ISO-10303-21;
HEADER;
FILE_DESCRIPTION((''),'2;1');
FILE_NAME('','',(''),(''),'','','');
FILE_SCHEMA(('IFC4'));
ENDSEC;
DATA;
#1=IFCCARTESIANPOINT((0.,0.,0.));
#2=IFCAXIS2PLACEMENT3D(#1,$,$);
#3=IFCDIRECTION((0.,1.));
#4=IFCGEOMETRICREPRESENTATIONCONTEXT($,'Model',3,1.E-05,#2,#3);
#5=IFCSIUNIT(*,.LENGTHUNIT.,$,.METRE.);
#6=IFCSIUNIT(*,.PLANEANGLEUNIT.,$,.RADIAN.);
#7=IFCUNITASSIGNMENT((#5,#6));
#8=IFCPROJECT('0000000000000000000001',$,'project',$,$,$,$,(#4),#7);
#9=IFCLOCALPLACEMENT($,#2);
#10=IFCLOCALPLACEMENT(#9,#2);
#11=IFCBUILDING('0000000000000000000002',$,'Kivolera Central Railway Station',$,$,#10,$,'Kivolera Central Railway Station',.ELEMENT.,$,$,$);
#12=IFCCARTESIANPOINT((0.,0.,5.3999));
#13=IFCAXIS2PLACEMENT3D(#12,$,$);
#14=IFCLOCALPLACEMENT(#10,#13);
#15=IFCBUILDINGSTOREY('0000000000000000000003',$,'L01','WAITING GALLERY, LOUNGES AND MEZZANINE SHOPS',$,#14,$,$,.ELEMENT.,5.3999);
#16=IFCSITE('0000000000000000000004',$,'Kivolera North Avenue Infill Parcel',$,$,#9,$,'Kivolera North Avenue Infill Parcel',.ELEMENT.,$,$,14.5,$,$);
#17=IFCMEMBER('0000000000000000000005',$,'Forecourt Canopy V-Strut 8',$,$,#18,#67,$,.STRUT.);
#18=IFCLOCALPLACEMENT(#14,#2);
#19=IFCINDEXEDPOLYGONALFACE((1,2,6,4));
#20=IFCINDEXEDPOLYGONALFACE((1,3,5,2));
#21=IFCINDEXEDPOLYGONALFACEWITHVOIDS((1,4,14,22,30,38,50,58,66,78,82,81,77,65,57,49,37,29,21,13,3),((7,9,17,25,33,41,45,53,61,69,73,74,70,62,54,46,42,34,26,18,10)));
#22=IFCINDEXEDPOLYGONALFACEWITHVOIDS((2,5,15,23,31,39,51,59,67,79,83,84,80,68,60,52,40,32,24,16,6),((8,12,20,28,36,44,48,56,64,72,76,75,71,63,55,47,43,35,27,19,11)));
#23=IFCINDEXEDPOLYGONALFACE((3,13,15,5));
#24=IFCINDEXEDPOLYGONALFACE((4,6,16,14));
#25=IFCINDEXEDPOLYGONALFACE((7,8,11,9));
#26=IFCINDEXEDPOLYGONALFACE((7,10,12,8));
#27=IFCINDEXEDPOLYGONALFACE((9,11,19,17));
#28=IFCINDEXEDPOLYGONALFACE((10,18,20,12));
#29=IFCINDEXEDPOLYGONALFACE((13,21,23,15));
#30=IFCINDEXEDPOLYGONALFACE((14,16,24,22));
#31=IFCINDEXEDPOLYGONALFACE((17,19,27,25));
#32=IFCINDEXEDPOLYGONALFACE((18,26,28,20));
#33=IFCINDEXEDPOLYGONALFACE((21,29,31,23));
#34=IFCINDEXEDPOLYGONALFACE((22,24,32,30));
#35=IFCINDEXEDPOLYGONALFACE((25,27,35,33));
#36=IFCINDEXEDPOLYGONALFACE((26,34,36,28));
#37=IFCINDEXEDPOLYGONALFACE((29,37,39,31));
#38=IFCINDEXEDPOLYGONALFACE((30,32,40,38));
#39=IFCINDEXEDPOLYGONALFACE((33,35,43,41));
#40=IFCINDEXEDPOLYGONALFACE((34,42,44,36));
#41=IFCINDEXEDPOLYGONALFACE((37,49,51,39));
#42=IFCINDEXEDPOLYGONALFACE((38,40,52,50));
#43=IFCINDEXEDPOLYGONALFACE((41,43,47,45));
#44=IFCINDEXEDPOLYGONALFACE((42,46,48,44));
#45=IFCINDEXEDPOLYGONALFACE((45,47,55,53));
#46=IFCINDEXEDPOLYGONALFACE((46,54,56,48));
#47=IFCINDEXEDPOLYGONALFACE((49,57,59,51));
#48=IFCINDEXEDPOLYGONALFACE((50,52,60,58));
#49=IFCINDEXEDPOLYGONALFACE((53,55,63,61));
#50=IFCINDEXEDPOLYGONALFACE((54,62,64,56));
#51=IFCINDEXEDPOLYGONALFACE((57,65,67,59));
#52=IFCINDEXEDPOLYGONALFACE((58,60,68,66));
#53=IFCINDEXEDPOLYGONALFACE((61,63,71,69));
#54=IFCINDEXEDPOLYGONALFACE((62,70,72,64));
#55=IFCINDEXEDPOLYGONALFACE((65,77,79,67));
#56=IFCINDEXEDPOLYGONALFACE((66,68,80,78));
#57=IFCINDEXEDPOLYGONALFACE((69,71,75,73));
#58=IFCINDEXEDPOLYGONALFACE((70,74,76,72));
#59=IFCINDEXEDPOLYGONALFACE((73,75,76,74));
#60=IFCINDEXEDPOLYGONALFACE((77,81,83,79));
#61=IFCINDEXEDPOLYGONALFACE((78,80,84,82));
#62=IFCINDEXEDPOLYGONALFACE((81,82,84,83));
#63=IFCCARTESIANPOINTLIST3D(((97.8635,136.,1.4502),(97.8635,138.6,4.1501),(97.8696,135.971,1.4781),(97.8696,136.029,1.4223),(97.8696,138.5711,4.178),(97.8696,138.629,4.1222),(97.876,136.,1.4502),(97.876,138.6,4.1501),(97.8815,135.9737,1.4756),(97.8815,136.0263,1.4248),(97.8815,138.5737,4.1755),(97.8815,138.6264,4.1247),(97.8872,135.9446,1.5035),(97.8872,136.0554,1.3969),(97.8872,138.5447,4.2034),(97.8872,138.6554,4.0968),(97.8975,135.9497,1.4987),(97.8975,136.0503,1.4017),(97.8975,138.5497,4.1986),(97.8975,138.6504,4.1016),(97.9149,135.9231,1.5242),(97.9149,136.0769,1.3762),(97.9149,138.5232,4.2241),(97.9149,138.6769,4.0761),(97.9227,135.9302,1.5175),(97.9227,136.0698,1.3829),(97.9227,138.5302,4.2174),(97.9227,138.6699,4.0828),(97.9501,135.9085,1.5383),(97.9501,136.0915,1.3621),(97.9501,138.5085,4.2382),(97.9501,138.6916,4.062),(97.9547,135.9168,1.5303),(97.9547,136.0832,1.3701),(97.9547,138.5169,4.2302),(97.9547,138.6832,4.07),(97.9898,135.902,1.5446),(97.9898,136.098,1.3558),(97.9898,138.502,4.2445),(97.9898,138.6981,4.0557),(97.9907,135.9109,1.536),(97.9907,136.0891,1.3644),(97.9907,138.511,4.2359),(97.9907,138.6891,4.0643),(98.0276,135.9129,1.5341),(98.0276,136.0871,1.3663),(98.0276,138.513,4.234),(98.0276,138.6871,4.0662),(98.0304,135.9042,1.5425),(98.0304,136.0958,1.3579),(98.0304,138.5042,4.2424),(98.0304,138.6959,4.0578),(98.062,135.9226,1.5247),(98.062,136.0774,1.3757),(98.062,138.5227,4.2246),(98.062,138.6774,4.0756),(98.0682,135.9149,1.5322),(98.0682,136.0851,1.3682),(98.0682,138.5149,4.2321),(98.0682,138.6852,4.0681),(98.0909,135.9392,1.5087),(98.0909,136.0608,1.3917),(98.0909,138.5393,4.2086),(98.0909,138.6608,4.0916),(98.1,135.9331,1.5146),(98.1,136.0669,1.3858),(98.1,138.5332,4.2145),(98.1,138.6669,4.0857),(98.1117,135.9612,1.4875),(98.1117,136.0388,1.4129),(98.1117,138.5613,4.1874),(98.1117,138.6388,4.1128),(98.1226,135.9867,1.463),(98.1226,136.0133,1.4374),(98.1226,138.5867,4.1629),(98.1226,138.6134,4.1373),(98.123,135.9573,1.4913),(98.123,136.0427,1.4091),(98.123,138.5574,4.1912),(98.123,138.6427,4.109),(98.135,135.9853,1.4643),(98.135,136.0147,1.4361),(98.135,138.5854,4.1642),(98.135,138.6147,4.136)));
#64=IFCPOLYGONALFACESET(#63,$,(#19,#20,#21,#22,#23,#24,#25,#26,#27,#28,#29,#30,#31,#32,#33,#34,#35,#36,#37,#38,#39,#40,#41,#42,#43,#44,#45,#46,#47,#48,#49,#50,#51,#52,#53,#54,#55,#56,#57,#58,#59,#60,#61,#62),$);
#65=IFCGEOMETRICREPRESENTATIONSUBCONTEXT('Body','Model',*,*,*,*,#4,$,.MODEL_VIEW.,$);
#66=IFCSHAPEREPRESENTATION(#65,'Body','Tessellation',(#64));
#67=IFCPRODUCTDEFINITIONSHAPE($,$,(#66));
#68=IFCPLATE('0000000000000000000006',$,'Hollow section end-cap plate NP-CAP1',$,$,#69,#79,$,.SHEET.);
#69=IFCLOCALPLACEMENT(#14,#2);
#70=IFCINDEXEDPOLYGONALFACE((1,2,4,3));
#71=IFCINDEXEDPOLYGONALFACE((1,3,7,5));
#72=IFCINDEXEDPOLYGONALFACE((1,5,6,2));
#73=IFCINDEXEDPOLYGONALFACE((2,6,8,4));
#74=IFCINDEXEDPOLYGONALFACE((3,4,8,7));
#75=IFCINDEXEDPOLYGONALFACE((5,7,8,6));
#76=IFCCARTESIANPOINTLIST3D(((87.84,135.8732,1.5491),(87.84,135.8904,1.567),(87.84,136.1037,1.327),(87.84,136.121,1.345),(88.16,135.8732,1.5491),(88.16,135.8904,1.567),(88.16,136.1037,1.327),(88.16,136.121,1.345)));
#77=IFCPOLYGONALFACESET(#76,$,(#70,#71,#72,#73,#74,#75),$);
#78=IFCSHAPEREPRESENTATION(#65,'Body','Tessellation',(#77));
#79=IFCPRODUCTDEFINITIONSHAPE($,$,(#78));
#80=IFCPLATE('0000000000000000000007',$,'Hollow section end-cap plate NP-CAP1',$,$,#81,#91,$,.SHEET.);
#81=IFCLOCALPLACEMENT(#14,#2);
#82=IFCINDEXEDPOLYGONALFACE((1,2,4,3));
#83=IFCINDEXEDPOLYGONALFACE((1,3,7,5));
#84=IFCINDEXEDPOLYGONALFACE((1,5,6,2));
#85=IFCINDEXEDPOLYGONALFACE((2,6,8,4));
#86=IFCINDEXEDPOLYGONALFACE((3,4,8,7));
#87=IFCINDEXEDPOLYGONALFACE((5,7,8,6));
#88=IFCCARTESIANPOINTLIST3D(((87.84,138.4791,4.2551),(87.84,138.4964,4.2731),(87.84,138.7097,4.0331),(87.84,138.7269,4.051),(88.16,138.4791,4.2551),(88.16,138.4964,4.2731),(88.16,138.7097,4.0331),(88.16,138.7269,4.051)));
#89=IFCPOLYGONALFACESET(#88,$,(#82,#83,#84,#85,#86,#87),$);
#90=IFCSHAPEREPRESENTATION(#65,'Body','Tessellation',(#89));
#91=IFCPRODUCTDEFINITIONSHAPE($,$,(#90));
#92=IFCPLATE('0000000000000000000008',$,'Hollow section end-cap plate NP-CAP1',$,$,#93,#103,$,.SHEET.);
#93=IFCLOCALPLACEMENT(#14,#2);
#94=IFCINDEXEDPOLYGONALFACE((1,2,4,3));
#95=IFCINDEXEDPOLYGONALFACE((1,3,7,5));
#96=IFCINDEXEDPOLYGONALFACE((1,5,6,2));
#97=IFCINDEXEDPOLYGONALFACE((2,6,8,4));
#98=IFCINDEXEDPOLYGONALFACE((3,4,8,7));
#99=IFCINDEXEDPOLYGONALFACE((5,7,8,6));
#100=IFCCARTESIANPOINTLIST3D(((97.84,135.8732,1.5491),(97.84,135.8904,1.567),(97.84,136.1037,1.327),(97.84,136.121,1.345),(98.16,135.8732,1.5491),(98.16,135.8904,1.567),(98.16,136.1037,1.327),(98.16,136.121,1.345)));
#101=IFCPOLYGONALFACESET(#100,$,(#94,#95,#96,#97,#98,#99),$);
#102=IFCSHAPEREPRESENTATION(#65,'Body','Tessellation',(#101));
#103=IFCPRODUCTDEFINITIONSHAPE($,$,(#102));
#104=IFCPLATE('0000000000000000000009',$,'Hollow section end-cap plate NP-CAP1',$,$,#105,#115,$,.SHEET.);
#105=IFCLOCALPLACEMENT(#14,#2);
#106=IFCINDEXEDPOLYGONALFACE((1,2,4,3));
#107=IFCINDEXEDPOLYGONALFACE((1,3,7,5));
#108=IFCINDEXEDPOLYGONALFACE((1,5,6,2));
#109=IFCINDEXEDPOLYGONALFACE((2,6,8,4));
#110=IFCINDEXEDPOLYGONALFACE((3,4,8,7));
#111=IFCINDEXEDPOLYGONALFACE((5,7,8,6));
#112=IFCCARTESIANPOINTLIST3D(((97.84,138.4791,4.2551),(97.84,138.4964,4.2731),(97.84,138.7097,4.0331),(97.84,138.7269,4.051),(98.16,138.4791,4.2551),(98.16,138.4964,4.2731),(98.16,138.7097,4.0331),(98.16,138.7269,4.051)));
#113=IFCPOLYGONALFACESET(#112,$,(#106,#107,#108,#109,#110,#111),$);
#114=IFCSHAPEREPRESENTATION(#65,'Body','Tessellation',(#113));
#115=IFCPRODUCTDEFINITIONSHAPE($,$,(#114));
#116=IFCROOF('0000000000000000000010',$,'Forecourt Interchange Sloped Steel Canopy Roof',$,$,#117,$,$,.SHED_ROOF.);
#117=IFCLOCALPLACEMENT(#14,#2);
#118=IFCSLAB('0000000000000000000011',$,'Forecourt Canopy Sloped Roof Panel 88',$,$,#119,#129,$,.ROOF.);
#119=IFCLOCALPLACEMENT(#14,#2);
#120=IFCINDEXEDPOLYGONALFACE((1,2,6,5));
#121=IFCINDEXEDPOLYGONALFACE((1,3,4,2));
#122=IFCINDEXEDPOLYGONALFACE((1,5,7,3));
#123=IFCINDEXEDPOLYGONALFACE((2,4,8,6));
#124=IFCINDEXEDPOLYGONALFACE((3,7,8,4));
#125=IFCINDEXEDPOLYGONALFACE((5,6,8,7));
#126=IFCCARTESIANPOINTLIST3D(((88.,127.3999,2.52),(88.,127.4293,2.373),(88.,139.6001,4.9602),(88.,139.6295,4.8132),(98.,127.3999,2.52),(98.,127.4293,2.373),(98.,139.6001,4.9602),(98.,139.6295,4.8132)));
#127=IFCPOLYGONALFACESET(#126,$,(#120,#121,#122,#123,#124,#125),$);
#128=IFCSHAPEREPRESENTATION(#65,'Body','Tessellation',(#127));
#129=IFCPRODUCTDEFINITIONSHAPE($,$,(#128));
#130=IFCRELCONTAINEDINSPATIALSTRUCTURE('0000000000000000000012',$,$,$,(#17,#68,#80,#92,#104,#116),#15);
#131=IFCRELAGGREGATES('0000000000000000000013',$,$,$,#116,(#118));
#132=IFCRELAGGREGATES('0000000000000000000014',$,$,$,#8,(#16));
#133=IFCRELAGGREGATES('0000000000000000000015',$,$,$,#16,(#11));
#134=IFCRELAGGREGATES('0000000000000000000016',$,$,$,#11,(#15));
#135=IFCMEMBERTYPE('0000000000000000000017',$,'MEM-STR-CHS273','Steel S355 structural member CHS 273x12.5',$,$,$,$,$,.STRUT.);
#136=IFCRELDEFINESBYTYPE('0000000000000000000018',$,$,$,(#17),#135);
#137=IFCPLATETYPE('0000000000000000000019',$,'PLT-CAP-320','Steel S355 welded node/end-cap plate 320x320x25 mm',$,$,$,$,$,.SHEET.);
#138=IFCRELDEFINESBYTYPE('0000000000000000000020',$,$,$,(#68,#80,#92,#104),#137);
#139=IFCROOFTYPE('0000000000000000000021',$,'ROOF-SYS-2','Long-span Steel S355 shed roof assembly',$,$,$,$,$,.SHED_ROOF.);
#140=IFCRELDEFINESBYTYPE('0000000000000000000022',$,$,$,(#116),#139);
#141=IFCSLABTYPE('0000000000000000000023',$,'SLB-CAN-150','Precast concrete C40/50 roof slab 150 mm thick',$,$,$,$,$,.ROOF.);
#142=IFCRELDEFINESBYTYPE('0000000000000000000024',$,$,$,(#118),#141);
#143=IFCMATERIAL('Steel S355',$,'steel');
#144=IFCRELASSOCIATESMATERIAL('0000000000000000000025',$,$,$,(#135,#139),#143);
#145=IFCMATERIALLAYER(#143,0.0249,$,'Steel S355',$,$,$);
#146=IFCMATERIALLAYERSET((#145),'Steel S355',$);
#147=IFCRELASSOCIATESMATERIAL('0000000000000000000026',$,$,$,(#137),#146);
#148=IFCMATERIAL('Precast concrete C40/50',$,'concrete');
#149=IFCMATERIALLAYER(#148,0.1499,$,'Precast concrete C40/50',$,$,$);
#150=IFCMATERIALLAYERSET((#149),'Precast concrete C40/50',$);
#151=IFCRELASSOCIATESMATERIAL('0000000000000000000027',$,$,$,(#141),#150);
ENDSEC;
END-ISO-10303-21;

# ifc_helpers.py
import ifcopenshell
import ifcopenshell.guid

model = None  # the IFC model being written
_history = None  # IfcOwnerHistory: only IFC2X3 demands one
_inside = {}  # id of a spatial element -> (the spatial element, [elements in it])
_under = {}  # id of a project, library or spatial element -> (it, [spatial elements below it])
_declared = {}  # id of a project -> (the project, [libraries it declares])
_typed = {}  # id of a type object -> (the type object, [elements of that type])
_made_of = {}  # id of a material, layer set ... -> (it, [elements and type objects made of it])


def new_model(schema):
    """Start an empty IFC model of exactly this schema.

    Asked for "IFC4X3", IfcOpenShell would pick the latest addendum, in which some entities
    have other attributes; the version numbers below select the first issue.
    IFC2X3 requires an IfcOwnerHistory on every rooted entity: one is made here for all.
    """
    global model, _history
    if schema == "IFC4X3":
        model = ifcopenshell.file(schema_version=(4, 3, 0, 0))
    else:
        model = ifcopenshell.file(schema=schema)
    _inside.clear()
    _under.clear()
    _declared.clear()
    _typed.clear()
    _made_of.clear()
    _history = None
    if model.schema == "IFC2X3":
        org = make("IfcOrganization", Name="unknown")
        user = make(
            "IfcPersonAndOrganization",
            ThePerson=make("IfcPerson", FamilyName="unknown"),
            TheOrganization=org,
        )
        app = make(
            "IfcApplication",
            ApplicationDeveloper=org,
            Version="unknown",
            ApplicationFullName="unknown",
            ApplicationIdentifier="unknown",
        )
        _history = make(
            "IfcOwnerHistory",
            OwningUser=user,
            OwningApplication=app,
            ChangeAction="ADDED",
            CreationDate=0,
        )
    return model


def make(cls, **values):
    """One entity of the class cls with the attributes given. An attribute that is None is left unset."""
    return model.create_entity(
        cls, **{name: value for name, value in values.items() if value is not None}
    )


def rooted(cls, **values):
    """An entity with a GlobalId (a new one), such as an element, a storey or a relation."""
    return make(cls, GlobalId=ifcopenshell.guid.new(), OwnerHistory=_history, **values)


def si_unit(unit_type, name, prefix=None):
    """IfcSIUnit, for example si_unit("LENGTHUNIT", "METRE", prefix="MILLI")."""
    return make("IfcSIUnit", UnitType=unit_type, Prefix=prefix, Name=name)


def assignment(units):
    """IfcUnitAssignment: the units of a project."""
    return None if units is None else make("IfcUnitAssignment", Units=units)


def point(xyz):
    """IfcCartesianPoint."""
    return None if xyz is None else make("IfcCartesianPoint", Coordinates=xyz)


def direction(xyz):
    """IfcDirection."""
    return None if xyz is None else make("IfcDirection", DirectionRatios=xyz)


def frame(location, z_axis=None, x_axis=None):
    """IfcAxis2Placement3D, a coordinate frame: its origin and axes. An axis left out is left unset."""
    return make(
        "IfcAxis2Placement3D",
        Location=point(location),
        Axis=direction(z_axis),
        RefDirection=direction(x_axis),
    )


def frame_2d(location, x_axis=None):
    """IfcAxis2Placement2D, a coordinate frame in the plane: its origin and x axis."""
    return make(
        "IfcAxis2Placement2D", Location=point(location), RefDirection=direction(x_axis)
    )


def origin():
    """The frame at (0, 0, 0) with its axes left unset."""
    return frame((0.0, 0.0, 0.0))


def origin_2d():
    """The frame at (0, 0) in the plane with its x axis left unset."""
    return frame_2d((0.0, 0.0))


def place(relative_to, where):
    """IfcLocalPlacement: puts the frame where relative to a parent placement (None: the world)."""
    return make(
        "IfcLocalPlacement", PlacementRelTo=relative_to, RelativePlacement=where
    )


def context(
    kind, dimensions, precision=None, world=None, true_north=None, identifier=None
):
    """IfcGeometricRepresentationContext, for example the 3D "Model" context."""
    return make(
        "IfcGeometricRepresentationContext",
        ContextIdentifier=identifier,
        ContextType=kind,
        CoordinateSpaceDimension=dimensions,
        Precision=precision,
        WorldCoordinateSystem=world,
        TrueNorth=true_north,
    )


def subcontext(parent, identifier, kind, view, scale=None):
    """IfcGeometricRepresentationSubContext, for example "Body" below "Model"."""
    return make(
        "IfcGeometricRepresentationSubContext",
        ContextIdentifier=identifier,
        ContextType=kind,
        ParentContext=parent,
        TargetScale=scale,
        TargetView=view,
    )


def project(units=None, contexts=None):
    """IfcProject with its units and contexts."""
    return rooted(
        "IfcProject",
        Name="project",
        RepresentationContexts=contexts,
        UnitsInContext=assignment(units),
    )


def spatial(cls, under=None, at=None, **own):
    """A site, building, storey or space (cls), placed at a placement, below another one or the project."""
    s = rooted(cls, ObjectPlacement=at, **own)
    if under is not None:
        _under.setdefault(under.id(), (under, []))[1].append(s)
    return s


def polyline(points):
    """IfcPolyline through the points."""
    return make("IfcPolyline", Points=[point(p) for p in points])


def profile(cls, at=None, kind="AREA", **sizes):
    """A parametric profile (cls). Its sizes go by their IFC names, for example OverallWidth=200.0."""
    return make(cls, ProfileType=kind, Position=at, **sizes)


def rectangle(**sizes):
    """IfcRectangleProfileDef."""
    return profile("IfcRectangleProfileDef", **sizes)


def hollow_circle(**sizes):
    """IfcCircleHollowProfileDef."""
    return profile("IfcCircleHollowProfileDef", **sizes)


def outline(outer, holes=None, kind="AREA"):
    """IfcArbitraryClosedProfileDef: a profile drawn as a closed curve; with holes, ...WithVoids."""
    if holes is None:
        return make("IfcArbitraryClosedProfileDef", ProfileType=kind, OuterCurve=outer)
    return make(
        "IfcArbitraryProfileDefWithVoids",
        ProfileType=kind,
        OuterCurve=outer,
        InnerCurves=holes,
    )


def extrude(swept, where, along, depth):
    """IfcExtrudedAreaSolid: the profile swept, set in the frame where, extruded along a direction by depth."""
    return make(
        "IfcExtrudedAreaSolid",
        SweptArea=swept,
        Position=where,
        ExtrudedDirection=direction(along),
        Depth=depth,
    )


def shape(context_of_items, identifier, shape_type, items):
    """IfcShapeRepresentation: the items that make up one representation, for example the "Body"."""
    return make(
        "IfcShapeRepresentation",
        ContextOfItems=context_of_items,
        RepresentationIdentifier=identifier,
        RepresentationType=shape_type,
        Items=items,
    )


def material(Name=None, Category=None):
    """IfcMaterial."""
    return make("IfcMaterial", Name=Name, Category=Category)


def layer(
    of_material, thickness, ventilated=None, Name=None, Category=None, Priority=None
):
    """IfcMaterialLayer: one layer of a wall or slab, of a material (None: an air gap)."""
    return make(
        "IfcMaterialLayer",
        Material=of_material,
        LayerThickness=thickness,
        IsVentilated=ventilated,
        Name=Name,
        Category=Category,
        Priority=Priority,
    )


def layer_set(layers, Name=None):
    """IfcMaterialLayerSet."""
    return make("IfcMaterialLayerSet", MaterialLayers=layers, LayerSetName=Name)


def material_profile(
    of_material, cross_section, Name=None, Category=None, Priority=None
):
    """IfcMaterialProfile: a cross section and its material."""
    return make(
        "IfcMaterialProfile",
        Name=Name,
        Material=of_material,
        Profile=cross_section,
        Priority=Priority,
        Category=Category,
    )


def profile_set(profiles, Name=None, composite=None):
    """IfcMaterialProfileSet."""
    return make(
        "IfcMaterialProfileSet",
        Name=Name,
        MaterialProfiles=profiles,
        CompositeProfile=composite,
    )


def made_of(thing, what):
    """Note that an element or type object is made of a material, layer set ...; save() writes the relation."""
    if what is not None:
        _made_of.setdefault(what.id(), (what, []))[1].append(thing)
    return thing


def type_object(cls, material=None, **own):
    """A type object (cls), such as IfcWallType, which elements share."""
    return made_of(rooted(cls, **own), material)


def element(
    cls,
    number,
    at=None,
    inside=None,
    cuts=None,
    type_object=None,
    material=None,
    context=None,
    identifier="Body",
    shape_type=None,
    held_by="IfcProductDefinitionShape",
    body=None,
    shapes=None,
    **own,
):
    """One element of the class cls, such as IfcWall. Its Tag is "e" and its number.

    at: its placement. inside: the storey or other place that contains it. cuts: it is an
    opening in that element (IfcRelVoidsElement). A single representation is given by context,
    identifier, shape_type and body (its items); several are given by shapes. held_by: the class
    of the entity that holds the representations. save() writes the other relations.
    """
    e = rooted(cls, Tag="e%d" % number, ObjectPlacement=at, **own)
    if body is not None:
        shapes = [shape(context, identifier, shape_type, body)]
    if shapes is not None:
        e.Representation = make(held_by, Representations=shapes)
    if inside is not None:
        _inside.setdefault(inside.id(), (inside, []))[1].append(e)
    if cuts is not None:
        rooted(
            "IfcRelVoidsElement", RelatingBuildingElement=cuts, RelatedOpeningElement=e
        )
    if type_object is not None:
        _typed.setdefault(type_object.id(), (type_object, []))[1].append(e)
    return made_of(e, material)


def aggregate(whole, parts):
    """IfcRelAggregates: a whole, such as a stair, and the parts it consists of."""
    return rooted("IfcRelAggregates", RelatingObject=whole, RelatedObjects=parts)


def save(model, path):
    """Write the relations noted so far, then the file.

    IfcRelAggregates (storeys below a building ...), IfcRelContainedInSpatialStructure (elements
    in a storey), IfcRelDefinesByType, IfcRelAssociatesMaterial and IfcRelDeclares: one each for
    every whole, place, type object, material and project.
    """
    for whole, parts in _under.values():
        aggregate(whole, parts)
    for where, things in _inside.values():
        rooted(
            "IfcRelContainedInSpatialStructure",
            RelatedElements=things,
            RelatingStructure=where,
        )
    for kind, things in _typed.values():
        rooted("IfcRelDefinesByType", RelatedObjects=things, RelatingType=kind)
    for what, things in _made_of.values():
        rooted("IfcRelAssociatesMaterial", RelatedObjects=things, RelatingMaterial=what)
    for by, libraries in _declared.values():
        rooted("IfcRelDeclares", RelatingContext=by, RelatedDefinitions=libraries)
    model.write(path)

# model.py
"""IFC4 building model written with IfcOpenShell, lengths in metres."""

from ifc_helpers import new_model, si_unit, direction, frame, origin, origin_2d, place, context, subcontext, project, spatial, polyline, rectangle, hollow_circle, outline, extrude, material, layer, layer_set, material_profile, profile_set, type_object, element, aggregate, save


model = new_model("IFC4")

# Units and contexts
model_context = context("Model", 3, precision=1e-05, world=origin(), true_north=direction((0.0, 1.0)))
body_context = subcontext(model_context, "Body", "Model", "MODEL_VIEW")
ifc_project = project(units=[si_unit("LENGTHUNIT", "METRE"), si_unit("PLANEANGLEUNIT", "RADIAN")], contexts=[model_context])

# Site, building, storey
site_placement = place(None, origin())
site = spatial("IfcSite", under=ifc_project, at=site_placement, Name="Kivolera North Avenue Infill Parcel", LongName="Kivolera North Avenue Infill Parcel", CompositionType="ELEMENT", RefElevation=14.5)
building_placement = place(site_placement, origin())
building = spatial("IfcBuilding", under=site, at=building_placement, Name="Kivolera Central Railway Station", LongName="Kivolera Central Railway Station", CompositionType="ELEMENT")
storey_placement = place(building_placement, frame((0.0, 0.0, 5.3999)))
storey = spatial("IfcBuildingStorey", under=building, at=storey_placement, Name="L01", Description="WAITING GALLERY, LOUNGES AND MEZZANINE SHOPS", CompositionType="ELEMENT", Elevation=5.3999)

# Shared definitions
ifc_material_1 = material(Name="Steel S355", Category="steel")

# Member
ifc_material_profile_1 = material_profile(ifc_material_1, hollow_circle(Radius=0.1365, WallThickness=0.0125, at=origin_2d()), Name="CHS 273x12.5")
ifc_profile_set_1 = profile_set([ifc_material_profile_1], Name="Steel S355")
member_type_1 = type_object("IfcMemberType", Name="MEM-STR-CHS273", Description="Steel S355 structural member CHS 273x12.5", PredefinedType="STRUT", material=ifc_profile_set_1)
for number, where, z_axis, x_axis, name in (
    (1, (98.0, 136.0, 1.4502), (0.0, 0.693662, 0.720301), (-1.0, 0.0, 0.0), "Forecourt Canopy V-Strut 8"),
):
    element("IfcMember", number, at=place(storey_placement, frame(where, z_axis=z_axis, x_axis=x_axis)), inside=storey, type_object=member_type_1, Name=name, PredefinedType="STRUT", context=body_context, shape_type="SweptSolid", body=[
        extrude(hollow_circle(Radius=0.1365, WallThickness=0.0125, at=origin_2d()), origin(), (0.0, 0.0, 1.0), 3.7483),
    ])

# Plates
ifc_layer_1 = layer(ifc_material_1, 0.0249, Name="Steel S355")
ifc_layer_set_1 = layer_set([ifc_layer_1], Name="Steel S355")
plate_type = type_object("IfcPlateType", Name="PLT-CAP-320", Description="Steel S355 welded node/end-cap plate 320x320x25 mm", PredefinedType="SHEET", material=ifc_layer_set_1)
for number, where, z_axis, x_axis, name in (
    (2, (88.0, 135.9971, 1.447), (0.0, 0.693642, 0.72032), (-1.0, 0.0, 0.0), "Hollow section end-cap plate NP-CAP1"),
    (3, (88.0, 138.603, 4.1531), (0.0, 0.693642, 0.72032), (-1.0, 0.0, 0.0), "Hollow section end-cap plate NP-CAP1"),
    (4, (98.0, 135.9971, 1.447), (0.0, 0.693642, 0.72032), (-1.0, 0.0, 0.0), "Hollow section end-cap plate NP-CAP1"),
    (5, (98.0, 138.603, 4.1531), (0.0, 0.693642, 0.72032), (-1.0, 0.0, 0.0), "Hollow section end-cap plate NP-CAP1"),
):
    element("IfcPlate", number, at=place(storey_placement, frame(where, z_axis=z_axis, x_axis=x_axis)), inside=storey, type_object=plate_type, Name=name, PredefinedType="SHEET", context=body_context, shape_type="SweptSolid", body=[
        extrude(rectangle(XDim=0.3201, YDim=0.3201, at=origin_2d()), frame((0.0, 0.0, -0.0125)), (0.0, 0.0, 1.0), 0.0249),
    ])

# Roof, slab
roof_type = type_object("IfcRoofType", Name="ROOF-SYS-2", Description="Long-span Steel S355 shed roof assembly", PredefinedType="SHED_ROOF", material=ifc_material_1)
roof_placement = place(storey_placement, origin())
roof = element("IfcRoof", 6, at=roof_placement, inside=storey, type_object=roof_type, Name="Forecourt Interchange Sloped Steel Canopy Roof", PredefinedType="SHED_ROOF")
ifc_material_2 = material(Name="Precast concrete C40/50", Category="concrete")
ifc_layer_2 = layer(ifc_material_2, 0.1499, Name="Precast concrete C40/50")
ifc_layer_set_2 = layer_set([ifc_layer_2], Name="Precast concrete C40/50")
slab_type = type_object("IfcSlabType", Name="SLB-CAN-150", Description="Precast concrete C40/50 roof slab 150 mm thick", PredefinedType="ROOF", material=ifc_layer_set_2)
slab_placement = place(storey_placement, frame((88.0, 127.3999, 2.52), z_axis=(0.0, -0.196127, 0.980578), x_axis=(1.0, 0.0, 0.0)))
slab = element("IfcSlab", 7, at=slab_placement, type_object=slab_type, Name="Forecourt Canopy Sloped Roof Panel 88", PredefinedType="ROOF", context=body_context, shape_type="SweptSolid", body=[
    extrude(outline(polyline([(0.0, 0.0), (10.0, 0.0), (10.0, 12.4418), (0.0, 12.4418), (0.0, 0.0)])), origin(), (0.0, 0.0, -1.0), 0.1499),
])
aggregate(roof, [slab])

save(model, "model.ifc")
